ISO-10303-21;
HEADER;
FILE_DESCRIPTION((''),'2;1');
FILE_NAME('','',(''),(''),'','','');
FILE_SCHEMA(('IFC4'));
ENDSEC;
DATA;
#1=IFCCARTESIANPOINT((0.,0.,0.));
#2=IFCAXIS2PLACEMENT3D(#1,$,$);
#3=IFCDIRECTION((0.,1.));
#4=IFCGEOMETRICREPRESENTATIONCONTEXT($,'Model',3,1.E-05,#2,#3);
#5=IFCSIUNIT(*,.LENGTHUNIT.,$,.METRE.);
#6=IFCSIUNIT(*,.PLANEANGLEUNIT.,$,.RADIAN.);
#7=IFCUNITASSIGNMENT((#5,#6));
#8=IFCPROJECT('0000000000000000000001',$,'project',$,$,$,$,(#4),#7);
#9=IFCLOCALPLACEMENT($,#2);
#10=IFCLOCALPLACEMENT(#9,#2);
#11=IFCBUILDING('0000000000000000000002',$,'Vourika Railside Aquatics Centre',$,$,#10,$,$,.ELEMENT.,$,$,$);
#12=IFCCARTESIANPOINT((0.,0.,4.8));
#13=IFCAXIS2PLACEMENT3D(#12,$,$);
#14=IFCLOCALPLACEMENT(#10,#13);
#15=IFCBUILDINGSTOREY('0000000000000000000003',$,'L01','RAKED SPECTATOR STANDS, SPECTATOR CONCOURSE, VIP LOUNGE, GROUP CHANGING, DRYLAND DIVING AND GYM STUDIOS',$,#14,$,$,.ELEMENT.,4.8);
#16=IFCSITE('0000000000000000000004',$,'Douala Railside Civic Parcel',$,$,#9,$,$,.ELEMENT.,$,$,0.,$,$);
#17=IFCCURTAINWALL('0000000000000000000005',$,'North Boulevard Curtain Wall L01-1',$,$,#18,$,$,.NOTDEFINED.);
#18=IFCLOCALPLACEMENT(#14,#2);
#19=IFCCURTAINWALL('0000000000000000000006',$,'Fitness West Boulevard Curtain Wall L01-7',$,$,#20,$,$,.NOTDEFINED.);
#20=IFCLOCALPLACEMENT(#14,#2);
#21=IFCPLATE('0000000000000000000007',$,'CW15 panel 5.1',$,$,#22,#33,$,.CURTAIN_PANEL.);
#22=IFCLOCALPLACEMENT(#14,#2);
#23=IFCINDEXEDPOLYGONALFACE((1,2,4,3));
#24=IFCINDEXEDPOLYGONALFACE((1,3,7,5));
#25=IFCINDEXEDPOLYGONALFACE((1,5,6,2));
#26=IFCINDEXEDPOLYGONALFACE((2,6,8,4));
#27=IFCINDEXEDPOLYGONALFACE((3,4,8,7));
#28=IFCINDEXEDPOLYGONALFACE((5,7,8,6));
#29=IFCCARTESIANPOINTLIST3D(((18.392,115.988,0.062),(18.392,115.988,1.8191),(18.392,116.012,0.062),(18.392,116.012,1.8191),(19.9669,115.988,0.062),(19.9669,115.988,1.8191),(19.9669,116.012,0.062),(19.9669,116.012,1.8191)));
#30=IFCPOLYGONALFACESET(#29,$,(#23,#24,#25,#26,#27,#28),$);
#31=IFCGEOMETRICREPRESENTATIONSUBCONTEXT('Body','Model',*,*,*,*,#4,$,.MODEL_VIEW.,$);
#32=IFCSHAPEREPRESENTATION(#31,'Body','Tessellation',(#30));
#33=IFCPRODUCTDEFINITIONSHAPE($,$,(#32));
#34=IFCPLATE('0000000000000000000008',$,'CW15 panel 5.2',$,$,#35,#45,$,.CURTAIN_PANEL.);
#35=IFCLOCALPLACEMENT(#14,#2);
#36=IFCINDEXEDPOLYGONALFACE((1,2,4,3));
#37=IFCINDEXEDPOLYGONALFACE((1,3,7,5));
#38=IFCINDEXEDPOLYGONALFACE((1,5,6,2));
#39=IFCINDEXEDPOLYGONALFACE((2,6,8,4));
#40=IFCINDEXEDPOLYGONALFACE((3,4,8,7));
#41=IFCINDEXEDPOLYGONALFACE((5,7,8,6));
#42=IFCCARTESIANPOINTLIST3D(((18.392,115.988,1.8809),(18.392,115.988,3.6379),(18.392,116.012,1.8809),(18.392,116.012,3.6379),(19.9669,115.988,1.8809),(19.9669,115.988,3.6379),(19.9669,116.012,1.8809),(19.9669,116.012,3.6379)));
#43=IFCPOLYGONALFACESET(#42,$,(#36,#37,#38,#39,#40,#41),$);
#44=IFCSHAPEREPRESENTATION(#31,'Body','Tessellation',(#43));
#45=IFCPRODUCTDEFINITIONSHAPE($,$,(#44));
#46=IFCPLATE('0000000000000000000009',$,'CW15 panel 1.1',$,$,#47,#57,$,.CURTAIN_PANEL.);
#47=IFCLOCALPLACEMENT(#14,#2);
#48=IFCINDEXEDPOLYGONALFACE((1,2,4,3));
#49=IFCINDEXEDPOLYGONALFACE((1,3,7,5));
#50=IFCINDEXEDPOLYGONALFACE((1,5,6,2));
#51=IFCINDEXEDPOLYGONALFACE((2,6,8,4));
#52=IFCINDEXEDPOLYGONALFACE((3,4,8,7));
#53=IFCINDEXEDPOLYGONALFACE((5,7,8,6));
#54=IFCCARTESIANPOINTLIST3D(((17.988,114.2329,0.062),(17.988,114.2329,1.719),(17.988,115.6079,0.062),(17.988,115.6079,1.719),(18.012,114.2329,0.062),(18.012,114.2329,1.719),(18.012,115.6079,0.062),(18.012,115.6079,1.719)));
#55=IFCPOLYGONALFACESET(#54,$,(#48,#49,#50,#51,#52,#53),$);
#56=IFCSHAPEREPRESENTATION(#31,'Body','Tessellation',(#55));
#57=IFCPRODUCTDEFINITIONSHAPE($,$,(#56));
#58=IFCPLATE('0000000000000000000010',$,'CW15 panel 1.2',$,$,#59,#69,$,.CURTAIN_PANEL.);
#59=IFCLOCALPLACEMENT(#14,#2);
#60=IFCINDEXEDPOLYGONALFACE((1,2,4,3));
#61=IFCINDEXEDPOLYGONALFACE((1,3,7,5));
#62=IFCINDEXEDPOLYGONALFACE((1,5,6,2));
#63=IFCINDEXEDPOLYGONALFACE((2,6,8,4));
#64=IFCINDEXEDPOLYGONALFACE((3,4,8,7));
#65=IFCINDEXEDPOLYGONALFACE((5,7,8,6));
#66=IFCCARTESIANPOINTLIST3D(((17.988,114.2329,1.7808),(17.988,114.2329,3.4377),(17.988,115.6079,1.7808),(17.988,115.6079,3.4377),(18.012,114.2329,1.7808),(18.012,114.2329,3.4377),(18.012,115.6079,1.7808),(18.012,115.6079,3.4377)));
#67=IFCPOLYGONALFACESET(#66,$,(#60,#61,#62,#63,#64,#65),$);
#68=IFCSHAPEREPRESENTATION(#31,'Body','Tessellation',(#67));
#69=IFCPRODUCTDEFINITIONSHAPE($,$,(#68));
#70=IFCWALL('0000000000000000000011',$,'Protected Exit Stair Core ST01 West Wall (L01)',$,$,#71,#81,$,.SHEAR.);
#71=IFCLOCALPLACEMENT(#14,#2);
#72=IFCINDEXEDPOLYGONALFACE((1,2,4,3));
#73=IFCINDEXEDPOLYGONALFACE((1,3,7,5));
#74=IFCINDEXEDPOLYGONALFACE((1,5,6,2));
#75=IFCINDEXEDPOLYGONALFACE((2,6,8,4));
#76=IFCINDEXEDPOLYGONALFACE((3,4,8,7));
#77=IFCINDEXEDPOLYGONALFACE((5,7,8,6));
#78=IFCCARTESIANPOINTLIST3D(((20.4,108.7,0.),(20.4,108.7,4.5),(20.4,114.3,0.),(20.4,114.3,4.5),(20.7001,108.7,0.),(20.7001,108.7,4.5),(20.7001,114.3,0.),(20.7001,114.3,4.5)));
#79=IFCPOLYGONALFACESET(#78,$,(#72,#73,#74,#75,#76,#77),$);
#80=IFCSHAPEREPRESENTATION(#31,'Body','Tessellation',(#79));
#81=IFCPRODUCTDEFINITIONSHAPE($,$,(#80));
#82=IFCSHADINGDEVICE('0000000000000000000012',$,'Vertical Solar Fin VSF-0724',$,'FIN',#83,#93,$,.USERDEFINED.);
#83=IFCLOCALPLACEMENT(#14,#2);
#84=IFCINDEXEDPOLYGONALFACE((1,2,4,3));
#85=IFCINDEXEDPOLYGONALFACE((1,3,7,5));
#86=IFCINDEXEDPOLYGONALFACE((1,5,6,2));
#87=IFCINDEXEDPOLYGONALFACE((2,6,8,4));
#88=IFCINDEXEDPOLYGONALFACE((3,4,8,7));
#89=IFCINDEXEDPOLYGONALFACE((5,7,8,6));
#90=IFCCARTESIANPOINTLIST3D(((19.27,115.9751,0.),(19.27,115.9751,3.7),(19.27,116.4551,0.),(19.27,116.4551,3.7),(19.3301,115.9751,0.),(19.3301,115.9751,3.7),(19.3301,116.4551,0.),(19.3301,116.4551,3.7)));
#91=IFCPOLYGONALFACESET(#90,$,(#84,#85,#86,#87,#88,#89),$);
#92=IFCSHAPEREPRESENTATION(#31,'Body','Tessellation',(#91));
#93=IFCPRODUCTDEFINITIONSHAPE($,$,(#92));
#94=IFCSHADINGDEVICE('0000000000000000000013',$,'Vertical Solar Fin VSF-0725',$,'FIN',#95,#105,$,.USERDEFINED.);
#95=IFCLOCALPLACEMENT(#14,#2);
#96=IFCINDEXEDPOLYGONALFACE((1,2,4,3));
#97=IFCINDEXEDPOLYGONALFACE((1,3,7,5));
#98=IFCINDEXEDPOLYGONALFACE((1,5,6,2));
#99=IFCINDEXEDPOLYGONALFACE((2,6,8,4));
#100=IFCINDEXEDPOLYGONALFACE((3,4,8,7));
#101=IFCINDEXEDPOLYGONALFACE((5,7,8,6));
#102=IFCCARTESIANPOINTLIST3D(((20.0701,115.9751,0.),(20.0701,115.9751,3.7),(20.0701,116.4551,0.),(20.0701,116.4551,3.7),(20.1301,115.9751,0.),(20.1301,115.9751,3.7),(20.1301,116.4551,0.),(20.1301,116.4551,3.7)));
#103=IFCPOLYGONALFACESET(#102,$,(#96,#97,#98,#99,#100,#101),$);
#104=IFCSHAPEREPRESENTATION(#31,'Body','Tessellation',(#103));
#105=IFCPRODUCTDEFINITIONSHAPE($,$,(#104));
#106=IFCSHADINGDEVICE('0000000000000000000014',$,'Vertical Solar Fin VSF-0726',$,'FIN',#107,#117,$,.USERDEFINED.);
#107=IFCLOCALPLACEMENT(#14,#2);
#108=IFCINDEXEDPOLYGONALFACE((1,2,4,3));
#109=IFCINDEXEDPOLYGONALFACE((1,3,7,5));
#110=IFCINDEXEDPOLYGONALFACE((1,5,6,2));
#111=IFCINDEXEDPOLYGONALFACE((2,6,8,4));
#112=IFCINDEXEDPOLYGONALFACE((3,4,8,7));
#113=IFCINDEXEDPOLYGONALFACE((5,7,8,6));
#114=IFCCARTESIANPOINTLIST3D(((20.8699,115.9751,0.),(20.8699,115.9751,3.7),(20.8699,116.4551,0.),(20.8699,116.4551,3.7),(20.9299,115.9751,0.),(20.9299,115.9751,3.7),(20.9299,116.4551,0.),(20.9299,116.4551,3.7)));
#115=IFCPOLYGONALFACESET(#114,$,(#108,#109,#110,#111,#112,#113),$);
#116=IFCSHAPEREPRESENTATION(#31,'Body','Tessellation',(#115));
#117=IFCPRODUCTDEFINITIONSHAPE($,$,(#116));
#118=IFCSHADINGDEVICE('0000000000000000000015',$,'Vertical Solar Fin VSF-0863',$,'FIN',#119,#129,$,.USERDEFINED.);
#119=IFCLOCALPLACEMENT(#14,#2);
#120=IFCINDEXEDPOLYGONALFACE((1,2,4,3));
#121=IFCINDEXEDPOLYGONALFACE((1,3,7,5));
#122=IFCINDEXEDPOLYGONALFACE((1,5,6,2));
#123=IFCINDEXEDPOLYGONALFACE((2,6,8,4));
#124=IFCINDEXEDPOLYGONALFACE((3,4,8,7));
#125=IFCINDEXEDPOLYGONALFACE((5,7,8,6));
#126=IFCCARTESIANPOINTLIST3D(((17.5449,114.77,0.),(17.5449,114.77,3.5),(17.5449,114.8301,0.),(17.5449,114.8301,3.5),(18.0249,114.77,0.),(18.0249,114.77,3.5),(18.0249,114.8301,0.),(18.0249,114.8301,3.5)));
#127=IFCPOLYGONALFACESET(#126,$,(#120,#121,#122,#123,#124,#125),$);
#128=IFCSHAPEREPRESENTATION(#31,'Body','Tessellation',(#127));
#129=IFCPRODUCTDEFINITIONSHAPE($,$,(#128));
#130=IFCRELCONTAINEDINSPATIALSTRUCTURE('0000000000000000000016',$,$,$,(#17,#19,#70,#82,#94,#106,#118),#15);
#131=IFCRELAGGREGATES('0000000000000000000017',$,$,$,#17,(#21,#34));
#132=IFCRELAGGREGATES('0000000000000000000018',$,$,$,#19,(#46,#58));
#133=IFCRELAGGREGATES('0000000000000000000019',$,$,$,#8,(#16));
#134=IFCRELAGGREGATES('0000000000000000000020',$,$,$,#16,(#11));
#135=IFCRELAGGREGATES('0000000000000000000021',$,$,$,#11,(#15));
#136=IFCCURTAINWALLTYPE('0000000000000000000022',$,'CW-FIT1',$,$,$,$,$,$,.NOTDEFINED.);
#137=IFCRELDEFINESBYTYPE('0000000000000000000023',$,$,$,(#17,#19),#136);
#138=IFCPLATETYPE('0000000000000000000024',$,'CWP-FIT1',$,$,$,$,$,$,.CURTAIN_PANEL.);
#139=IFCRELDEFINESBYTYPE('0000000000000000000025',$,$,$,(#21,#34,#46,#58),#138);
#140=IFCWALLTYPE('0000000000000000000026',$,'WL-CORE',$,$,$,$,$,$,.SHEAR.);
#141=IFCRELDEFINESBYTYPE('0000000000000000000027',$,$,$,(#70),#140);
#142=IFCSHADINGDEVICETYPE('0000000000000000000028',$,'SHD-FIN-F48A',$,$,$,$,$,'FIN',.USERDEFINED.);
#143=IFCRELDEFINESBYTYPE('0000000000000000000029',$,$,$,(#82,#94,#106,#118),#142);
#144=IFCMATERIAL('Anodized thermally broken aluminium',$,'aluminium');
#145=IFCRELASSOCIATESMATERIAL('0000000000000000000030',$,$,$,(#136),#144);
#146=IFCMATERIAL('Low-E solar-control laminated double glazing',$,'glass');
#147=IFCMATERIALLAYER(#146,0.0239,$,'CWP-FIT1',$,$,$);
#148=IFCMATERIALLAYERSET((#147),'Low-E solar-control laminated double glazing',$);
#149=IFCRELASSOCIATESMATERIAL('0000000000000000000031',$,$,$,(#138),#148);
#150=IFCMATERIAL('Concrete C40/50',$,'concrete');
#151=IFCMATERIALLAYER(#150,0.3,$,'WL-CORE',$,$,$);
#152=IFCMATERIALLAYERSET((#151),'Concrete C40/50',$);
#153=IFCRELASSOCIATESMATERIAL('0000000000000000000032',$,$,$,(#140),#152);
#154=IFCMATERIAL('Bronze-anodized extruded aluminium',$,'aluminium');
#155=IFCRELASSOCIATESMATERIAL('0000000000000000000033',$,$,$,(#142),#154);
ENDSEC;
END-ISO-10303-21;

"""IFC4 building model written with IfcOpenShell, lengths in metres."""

from ifc_helpers import new_model, si_unit, direction, frame, frame_2d, origin, origin_2d, place, context, subcontext, project, spatial, rectangle, extrude, material, layer, layer_set, material_profile, profile_set, type_object, element, aggregate, save


model = new_model("IFC4")

# Units and contexts
model_context = context("Model", 3, precision=1e-05, world=origin(), true_north=direction((0.0, 1.0)))
body_context = subcontext(model_context, "Body", "Model", "MODEL_VIEW")
ifc_project = project(units=[si_unit("LENGTHUNIT", "METRE"), si_unit("PLANEANGLEUNIT", "RADIAN")], contexts=[model_context])

# Site, building, storey
site_placement = place(None, origin())
site = spatial("IfcSite", under=ifc_project, at=site_placement, Name="Douala Railside Civic Parcel", CompositionType="ELEMENT", RefElevation=0.0)
building_placement = place(site_placement, origin())
building = spatial("IfcBuilding", under=site, at=building_placement, Name="Vourika Railside Aquatics Centre", CompositionType="ELEMENT")
storey_placement = place(building_placement, frame((0.0, 0.0, 4.8)))
storey = spatial("IfcBuildingStorey", under=building, at=storey_placement, Name="L01", Description="RAKED SPECTATOR STANDS, SPECTATOR CONCOURSE, VIP LOUNGE, GROUP CHANGING, DRYLAND DIVING AND GYM STUDIOS", CompositionType="ELEMENT", Elevation=4.8)

# Shared definitions
ifc_material_1 = material(Name="Concrete C40/50", Category="concrete")

# Curtain walls
ifc_material_2 = material(Name="Anodized thermally broken aluminium", Category="aluminium")
curtain_wall_type = type_object("IfcCurtainWallType", Name="CW-FIT1", PredefinedType="NOTDEFINED", material=ifc_material_2)
curtain_wall_1_placement = place(storey_placement, origin())
curtain_wall_1 = element("IfcCurtainWall", 1, at=curtain_wall_1_placement, inside=storey, type_object=curtain_wall_type, Name="North Boulevard Curtain Wall L01-1", PredefinedType="NOTDEFINED")
curtain_wall_2_placement = place(storey_placement, origin())
curtain_wall_2 = element("IfcCurtainWall", 2, at=curtain_wall_2_placement, inside=storey, type_object=curtain_wall_type, Name="Fitness West Boulevard Curtain Wall L01-7", PredefinedType="NOTDEFINED")

# Plates
ifc_material_3 = material(Name="Low-E solar-control laminated double glazing", Category="glass")
ifc_layer_1 = layer(ifc_material_3, 0.0239, Name="CWP-FIT1")
ifc_layer_set_1 = layer_set([ifc_layer_1], Name="Low-E solar-control laminated double glazing")
plate_type = type_object("IfcPlateType", Name="CWP-FIT1", PredefinedType="CURTAIN_PANEL", material=ifc_layer_set_1)
plate_1_placement = place(storey_placement, frame((19.1794, 116.0, 0.062), z_axis=(0.0, 0.0, 1.0), x_axis=(-1.0, 0.0, 0.0)))
plate_1 = element("IfcPlate", 3, at=plate_1_placement, type_object=plate_type, Name="CW15 panel 5.1", PredefinedType="CURTAIN_PANEL", context=body_context, shape_type="SweptSolid", body=[
    extrude(rectangle(XDim=1.575, YDim=0.0239, at=origin_2d()), origin(), (0.0, 0.0, 1.0), 1.7571),
])
plate_2_placement = place(storey_placement, frame((19.1794, 116.0, 1.8809), z_axis=(0.0, 0.0, 1.0), x_axis=(-1.0, 0.0, 0.0)))
plate_2 = element("IfcPlate", 4, at=plate_2_placement, type_object=plate_type, Name="CW15 panel 5.2", PredefinedType="CURTAIN_PANEL", context=body_context, shape_type="SweptSolid", body=[
    extrude(rectangle(XDim=1.575, YDim=0.0239, at=origin_2d()), origin(), (0.0, 0.0, 1.0), 1.7571),
])
aggregate(curtain_wall_1, [plate_1, plate_2])
plate_3_placement = place(storey_placement, frame((18.0, 114.9204, 0.062), z_axis=(0.0, 0.0, 1.0), x_axis=(0.0, -1.0, 0.0)))
plate_3 = element("IfcPlate", 5, at=plate_3_placement, type_object=plate_type, Name="CW15 panel 1.1", PredefinedType="CURTAIN_PANEL", context=body_context, shape_type="SweptSolid", body=[
    extrude(rectangle(XDim=1.375, YDim=0.0239, at=origin_2d()), origin(), (0.0, 0.0, 1.0), 1.657),
])
plate_4_placement = place(storey_placement, frame((18.0, 114.9204, 1.7808), z_axis=(0.0, 0.0, 1.0), x_axis=(0.0, -1.0, 0.0)))
plate_4 = element("IfcPlate", 6, at=plate_4_placement, type_object=plate_type, Name="CW15 panel 1.2", PredefinedType="CURTAIN_PANEL", context=body_context, shape_type="SweptSolid", body=[
    extrude(rectangle(XDim=1.375, YDim=0.0239, at=origin_2d()), origin(), (0.0, 0.0, 1.0), 1.657),
])
aggregate(curtain_wall_2, [plate_3, plate_4])

# Wall
ifc_layer_2 = layer(ifc_material_1, 0.3, Name="WL-CORE")
ifc_layer_set_2 = layer_set([ifc_layer_2], Name="Concrete C40/50")
wall_type = type_object("IfcWallType", Name="WL-CORE", PredefinedType="SHEAR", material=ifc_layer_set_2)
wall_placement = place(storey_placement, frame((20.55, 114.3, 0.0), z_axis=(0.0, 0.0, 1.0), x_axis=(0.0, -1.0, 0.0)))
element("IfcWall", 7, at=wall_placement, inside=storey, type_object=wall_type, Name="Protected Exit Stair Core ST01 West Wall (L01)", PredefinedType="SHEAR", context=body_context, shape_type="SweptSolid", body=[
    extrude(rectangle(XDim=5.6001, YDim=0.3, at=frame_2d((2.8, 0.0))), origin(), (0.0, 0.0, 1.0), 4.5),
])

# Shading devices
ifc_material_4 = material(Name="Bronze-anodized extruded aluminium", Category="aluminium")
ifc_material_profile_1 = material_profile(ifc_material_4, rectangle(XDim=0.0601, YDim=0.48, at=origin_2d()), Name="ALU-FIN 60x480")
ifc_profile_set_1 = profile_set([ifc_material_profile_1], Name="Bronze-anodized extruded aluminium")
shading_device_type = type_object("IfcShadingDeviceType", Name="SHD-FIN-F48A", ElementType="FIN", PredefinedType="USERDEFINED", material=ifc_profile_set_1)
for number, where, z_axis, x_axis, name in (
    (8, (19.3, 116.2151, 0.0), (0.0, 0.0, 1.0), (1.0, 0.0, 0.0), "Vertical Solar Fin VSF-0724"),
    (9, (20.1001, 116.2151, 0.0), (0.0, 0.0, 1.0), (1.0, 0.0, 0.0), "Vertical Solar Fin VSF-0725"),
    (10, (20.8999, 116.2151, 0.0), (0.0, 0.0, 1.0), (1.0, 0.0, 0.0), "Vertical Solar Fin VSF-0726"),
):
    element("IfcShadingDevice", number, at=place(storey_placement, frame(where, z_axis=z_axis, x_axis=x_axis)), inside=storey, type_object=shading_device_type, Name=name, ObjectType="FIN", PredefinedType="USERDEFINED", context=body_context, shape_type="SweptSolid", body=[
        extrude(rectangle(XDim=0.0601, YDim=0.48, at=origin_2d()), origin(), (0.0, 0.0, 1.0), 3.7),
    ])
shading_device_placement = place(storey_placement, frame((17.7849, 114.8, 0.0), z_axis=(0.0, 0.0, 1.0), x_axis=(0.0, 1.0, 0.0)))
element("IfcShadingDevice", 11, at=shading_device_placement, inside=storey, type_object=shading_device_type, Name="Vertical Solar Fin VSF-0863", ObjectType="FIN", PredefinedType="USERDEFINED", context=body_context, shape_type="SweptSolid", body=[
    extrude(rectangle(XDim=0.0601, YDim=0.48, at=origin_2d()), origin(), (0.0, 0.0, 1.0), 3.5),
])

save(model, "model.ifc")
